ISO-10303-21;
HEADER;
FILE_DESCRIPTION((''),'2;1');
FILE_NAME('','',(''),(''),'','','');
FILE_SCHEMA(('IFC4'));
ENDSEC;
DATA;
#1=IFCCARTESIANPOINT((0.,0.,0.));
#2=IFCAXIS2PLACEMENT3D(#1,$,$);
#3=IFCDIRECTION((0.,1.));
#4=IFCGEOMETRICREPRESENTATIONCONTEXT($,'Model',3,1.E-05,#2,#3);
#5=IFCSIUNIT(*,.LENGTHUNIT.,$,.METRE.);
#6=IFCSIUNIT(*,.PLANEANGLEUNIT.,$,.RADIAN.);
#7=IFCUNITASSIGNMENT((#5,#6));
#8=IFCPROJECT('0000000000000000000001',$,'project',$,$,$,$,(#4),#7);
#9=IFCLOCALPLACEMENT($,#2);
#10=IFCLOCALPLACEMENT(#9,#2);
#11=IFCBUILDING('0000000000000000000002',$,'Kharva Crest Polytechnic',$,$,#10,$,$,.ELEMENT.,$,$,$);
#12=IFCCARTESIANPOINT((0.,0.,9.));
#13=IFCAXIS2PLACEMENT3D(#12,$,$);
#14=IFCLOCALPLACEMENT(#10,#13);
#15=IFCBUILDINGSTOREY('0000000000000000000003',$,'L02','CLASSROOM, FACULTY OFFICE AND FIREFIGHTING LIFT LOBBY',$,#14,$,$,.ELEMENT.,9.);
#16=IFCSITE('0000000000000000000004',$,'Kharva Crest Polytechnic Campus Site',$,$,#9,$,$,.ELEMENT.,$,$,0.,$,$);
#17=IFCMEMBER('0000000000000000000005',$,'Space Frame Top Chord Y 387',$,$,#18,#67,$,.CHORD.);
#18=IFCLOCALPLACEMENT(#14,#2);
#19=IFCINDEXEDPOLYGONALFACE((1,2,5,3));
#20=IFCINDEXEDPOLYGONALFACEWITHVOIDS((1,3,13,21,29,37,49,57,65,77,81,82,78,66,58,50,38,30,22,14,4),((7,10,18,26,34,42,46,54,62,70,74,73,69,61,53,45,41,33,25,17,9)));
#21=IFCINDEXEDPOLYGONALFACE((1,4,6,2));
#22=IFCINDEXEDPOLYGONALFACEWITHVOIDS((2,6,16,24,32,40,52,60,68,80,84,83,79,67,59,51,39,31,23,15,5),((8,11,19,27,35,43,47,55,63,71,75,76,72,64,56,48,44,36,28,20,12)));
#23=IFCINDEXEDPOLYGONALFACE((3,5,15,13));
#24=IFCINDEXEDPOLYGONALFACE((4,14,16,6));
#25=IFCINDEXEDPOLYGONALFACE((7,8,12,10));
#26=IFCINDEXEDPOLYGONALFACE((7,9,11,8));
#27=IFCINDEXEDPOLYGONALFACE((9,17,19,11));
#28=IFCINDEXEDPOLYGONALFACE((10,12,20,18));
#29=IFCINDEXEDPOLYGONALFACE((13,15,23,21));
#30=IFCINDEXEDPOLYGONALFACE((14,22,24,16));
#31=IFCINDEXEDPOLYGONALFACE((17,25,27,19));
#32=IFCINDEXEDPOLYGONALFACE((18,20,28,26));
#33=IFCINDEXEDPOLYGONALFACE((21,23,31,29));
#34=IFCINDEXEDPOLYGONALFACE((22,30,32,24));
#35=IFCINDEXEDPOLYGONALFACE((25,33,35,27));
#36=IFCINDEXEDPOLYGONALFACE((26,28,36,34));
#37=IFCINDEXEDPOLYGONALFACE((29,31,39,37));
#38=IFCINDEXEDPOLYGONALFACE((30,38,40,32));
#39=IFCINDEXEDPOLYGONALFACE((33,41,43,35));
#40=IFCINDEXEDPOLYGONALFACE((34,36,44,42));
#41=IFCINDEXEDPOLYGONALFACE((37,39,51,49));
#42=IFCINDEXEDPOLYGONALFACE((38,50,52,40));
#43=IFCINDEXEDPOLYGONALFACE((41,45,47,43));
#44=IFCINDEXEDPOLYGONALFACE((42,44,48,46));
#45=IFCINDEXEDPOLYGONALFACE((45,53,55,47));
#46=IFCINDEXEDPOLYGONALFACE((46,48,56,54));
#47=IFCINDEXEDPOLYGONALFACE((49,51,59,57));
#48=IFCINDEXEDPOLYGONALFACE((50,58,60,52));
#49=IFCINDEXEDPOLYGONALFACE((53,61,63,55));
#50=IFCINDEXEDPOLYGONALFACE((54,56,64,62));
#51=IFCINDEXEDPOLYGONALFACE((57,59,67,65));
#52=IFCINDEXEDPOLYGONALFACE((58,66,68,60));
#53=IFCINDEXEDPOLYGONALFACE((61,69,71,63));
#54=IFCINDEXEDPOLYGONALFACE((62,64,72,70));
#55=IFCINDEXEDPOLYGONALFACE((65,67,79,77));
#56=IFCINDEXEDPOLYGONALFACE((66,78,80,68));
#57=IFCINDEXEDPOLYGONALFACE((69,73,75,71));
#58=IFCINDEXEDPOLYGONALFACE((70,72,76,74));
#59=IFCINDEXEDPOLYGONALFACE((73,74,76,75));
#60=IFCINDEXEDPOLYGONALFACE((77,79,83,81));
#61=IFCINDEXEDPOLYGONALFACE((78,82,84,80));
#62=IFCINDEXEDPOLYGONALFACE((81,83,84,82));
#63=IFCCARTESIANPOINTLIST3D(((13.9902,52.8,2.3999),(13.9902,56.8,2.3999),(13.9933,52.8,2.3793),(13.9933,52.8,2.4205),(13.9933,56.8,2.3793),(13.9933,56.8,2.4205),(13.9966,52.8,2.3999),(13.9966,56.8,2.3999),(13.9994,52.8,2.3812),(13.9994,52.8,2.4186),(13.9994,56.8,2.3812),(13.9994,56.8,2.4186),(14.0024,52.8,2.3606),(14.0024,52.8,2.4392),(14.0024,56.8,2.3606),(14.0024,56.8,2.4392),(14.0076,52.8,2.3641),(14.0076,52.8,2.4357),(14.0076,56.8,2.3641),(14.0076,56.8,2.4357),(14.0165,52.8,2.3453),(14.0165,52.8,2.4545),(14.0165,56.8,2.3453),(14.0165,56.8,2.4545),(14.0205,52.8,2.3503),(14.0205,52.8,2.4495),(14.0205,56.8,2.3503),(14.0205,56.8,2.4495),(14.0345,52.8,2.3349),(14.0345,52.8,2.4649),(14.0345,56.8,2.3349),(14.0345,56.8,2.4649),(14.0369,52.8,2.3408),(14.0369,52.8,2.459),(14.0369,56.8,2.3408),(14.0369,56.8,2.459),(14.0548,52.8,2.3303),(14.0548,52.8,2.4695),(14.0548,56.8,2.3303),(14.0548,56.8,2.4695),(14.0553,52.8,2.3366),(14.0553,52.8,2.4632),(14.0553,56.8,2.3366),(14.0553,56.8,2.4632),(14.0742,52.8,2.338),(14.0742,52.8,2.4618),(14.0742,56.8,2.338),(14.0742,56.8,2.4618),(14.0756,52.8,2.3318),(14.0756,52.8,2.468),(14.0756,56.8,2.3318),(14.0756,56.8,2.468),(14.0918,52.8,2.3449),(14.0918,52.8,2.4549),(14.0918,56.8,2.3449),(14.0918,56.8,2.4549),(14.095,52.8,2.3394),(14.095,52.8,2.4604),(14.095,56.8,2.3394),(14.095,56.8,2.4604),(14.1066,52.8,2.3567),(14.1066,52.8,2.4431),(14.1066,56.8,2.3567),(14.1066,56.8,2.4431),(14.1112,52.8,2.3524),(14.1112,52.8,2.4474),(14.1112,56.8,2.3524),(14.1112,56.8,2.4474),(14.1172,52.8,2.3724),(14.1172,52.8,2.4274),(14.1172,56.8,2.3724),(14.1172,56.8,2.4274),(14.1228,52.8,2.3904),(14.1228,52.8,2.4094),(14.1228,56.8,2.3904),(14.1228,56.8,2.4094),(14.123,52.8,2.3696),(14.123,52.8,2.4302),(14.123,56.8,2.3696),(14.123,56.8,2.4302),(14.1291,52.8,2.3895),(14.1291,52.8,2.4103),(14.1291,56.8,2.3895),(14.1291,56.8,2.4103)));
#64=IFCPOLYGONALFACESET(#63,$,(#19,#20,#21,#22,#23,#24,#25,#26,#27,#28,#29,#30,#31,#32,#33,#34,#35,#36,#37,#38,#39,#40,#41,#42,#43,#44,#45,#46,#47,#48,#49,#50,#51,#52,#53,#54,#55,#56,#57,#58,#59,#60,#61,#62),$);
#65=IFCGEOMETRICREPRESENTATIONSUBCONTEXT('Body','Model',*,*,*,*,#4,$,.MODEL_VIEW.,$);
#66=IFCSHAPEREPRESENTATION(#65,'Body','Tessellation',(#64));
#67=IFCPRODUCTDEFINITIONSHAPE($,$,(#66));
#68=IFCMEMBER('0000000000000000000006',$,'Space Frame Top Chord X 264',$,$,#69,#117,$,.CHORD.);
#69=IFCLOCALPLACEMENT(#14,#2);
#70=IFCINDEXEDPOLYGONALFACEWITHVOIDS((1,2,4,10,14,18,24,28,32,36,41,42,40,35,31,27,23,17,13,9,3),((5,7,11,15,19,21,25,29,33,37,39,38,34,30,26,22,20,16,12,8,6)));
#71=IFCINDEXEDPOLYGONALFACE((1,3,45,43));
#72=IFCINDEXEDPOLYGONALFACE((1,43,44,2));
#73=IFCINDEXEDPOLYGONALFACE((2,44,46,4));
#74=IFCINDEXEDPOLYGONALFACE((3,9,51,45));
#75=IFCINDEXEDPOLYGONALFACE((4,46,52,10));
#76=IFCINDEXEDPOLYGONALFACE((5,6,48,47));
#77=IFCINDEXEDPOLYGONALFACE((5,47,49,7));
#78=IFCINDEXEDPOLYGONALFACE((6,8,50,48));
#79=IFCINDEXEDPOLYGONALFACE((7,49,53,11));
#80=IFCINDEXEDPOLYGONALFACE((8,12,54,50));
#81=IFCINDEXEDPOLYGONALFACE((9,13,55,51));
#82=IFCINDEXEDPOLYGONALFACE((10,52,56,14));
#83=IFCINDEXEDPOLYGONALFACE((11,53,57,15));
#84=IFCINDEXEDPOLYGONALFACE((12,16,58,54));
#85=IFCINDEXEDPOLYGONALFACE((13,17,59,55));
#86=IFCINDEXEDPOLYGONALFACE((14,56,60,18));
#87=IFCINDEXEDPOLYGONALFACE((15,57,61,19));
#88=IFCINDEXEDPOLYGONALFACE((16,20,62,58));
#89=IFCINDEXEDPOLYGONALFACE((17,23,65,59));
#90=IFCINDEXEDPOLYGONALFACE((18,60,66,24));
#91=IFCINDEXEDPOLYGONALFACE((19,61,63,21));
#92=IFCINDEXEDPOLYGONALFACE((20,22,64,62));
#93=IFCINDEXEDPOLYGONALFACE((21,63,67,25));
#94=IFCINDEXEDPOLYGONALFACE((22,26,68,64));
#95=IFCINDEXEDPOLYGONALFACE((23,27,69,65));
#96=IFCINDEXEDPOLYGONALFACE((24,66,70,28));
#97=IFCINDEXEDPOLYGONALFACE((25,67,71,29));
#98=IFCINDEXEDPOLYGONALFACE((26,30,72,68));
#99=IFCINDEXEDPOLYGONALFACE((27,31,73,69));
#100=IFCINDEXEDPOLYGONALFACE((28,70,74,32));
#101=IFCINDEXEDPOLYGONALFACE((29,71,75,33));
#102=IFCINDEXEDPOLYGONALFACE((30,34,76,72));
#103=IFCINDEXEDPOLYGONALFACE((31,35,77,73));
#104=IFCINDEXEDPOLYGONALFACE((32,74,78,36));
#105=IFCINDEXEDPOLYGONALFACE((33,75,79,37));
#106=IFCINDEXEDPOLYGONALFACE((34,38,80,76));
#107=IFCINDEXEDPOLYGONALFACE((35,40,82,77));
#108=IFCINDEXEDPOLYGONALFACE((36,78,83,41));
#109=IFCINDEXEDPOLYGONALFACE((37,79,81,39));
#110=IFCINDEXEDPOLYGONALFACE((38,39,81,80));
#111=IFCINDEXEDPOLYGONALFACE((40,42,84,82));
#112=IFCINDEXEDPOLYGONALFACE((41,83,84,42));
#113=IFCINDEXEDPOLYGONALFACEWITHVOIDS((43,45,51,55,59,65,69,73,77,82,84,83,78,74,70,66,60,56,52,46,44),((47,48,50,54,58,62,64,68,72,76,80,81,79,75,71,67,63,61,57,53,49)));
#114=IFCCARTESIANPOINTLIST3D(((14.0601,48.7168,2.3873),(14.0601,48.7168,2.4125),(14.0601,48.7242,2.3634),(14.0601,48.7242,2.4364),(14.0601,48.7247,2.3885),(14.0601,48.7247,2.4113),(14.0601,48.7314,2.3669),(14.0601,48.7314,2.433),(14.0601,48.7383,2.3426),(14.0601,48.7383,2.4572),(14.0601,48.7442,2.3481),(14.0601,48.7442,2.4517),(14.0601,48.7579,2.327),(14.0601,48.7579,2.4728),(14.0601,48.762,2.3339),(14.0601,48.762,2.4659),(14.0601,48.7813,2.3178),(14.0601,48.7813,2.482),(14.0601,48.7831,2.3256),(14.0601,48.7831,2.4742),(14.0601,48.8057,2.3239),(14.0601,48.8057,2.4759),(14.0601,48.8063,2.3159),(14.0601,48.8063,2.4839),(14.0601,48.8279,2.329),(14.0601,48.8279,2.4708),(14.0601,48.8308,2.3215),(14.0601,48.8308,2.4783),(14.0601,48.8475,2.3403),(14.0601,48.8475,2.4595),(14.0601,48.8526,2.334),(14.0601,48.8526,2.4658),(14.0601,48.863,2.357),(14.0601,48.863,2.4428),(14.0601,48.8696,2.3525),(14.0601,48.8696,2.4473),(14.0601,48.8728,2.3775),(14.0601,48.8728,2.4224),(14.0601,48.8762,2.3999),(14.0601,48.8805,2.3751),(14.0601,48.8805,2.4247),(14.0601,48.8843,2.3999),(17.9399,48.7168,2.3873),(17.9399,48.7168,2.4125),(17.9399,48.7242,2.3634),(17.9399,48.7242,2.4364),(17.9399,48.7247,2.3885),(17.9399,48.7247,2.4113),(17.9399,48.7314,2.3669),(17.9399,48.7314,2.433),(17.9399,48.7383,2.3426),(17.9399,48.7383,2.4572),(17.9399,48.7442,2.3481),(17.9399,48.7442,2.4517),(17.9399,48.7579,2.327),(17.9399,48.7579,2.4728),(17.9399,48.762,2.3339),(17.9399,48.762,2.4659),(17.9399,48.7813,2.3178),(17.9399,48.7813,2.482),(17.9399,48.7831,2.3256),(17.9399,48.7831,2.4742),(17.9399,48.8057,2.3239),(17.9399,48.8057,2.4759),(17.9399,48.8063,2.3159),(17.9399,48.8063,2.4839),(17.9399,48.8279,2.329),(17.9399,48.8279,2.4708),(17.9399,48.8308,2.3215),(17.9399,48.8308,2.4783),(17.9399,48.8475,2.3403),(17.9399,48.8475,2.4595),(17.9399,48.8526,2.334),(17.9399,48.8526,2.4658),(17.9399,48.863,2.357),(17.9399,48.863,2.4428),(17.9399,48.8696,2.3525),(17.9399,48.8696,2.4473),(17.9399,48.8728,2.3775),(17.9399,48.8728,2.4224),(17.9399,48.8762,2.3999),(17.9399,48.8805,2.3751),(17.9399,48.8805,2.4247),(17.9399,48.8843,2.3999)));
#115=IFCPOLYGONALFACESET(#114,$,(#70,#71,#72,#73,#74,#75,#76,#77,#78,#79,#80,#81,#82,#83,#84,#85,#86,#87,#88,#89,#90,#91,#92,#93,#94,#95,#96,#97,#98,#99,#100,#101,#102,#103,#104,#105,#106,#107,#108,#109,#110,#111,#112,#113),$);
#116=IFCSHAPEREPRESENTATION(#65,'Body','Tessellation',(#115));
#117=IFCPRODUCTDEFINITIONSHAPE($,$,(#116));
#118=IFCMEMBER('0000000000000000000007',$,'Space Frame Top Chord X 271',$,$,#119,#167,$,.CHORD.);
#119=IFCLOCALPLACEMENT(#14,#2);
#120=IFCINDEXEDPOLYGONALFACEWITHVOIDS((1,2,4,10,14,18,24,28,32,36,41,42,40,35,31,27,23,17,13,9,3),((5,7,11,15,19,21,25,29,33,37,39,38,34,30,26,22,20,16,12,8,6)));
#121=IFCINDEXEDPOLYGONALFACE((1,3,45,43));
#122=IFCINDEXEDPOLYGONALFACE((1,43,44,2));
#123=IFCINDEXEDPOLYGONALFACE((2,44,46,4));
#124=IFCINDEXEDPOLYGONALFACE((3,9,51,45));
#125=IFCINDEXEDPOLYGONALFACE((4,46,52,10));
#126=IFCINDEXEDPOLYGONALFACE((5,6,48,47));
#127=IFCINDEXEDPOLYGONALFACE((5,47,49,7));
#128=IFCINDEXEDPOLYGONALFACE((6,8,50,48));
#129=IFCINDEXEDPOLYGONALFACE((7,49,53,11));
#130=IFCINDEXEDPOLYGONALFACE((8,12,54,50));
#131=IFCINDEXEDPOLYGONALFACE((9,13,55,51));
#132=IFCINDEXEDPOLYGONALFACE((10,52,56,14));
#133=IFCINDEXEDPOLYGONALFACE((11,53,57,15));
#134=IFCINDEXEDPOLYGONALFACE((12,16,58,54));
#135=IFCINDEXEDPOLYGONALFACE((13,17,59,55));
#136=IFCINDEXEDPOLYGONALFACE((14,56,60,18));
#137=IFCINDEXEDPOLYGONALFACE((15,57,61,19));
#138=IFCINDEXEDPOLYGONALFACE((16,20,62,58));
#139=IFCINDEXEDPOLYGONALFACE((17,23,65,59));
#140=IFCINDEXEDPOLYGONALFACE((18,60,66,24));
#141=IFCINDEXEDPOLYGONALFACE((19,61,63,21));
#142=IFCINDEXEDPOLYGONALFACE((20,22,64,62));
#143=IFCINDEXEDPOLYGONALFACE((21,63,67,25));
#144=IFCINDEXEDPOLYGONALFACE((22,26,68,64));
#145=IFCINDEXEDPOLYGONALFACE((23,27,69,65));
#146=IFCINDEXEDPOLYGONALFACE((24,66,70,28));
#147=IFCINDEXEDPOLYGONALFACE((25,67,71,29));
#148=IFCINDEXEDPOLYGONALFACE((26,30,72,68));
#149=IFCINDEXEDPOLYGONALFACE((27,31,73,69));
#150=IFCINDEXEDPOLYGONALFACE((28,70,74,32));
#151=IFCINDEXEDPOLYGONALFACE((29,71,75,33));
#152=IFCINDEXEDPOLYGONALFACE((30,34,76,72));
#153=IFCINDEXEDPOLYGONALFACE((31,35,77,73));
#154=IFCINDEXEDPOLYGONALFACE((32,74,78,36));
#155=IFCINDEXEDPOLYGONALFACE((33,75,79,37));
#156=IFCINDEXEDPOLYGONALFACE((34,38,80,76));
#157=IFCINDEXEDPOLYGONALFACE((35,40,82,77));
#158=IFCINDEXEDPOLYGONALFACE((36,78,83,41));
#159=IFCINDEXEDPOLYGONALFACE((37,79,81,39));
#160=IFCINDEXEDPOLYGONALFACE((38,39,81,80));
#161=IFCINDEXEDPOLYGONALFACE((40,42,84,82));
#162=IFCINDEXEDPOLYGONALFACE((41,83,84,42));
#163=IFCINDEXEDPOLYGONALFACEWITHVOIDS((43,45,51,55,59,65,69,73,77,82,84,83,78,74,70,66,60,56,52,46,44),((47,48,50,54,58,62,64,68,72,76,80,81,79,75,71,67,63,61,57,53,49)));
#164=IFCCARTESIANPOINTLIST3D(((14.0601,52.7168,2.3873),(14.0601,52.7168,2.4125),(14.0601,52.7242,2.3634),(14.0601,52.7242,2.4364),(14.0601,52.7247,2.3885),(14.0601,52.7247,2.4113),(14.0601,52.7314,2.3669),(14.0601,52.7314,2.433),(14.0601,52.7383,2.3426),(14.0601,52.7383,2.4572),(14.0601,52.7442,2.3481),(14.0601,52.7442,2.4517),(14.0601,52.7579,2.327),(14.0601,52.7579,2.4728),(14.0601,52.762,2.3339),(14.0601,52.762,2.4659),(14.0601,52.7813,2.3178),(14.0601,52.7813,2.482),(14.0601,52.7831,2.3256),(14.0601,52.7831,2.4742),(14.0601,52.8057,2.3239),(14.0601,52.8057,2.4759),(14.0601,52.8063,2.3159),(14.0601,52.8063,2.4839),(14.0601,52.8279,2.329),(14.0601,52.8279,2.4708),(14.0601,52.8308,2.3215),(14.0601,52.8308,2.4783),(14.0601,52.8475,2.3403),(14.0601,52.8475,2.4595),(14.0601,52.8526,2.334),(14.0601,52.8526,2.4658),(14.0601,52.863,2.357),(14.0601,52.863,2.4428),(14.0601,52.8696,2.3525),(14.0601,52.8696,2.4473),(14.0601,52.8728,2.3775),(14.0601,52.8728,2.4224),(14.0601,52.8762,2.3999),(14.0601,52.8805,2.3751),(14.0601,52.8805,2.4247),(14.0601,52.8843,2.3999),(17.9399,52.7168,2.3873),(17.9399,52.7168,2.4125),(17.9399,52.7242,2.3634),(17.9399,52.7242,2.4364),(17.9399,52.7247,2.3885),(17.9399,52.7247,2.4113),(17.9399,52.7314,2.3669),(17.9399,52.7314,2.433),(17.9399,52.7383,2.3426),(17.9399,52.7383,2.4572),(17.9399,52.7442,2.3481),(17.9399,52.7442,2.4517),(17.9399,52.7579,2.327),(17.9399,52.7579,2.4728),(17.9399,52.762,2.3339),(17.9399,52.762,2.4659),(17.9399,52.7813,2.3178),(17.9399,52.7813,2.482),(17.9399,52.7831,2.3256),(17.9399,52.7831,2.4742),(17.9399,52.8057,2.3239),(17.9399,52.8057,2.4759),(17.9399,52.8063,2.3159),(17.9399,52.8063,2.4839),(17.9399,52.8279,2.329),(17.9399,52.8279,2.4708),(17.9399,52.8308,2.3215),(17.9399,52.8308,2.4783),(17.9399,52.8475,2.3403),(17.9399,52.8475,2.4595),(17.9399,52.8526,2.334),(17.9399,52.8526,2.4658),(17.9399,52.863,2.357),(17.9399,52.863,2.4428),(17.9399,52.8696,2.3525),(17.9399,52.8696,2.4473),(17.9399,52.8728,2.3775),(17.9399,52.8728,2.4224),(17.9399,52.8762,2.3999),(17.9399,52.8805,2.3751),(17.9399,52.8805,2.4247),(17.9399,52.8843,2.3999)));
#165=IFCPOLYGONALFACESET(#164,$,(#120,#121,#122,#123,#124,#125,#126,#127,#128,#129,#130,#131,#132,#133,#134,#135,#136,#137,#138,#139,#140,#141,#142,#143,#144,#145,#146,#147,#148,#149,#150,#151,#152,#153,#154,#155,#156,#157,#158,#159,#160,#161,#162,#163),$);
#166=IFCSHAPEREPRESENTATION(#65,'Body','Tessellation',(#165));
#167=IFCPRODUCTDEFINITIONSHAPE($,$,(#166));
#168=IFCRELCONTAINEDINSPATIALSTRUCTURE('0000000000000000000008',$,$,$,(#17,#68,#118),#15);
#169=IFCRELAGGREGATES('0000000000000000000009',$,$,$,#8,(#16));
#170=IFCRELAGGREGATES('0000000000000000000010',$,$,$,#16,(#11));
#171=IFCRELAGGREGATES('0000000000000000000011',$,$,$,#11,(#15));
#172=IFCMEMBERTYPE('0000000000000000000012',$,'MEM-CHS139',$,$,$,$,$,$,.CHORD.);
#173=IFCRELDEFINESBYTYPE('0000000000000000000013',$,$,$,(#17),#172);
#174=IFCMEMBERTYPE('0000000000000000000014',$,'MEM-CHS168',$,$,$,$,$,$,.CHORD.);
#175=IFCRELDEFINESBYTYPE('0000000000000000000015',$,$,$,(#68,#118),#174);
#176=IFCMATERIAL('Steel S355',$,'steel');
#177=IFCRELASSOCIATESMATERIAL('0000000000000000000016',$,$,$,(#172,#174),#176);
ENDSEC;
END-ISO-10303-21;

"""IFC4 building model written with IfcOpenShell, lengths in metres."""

from ifc_helpers import new_model, si_unit, direction, frame, origin, origin_2d, place, context, subcontext, project, spatial, hollow_circle, extrude, material, material_profile, profile_set, type_object, element, save


model = new_model("IFC4")

# Units and contexts
model_context = context("Model", 3, precision=1e-05, world=origin(), true_north=direction((0.0, 1.0)))
body_context = subcontext(model_context, "Body", "Model", "MODEL_VIEW")
ifc_project = project(units=[si_unit("LENGTHUNIT", "METRE"), si_unit("PLANEANGLEUNIT", "RADIAN")], contexts=[model_context])

# Site, building, storey
site_placement = place(None, origin())
site = spatial("IfcSite", under=ifc_project, at=site_placement, Name="Kharva Crest Polytechnic Campus Site", CompositionType="ELEMENT", RefElevation=0.0)
building_placement = place(site_placement, origin())
building = spatial("IfcBuilding", under=site, at=building_placement, Name="Kharva Crest Polytechnic", CompositionType="ELEMENT")
storey_placement = place(building_placement, frame((0.0, 0.0, 9.0)))
storey = spatial("IfcBuildingStorey", under=building, at=storey_placement, Name="L02", Description="CLASSROOM, FACULTY OFFICE AND FIREFIGHTING LIFT LOBBY", CompositionType="ELEMENT", Elevation=9.0)

# Shared definitions
ifc_material_1 = material(Name="Steel S355", Category="steel")

# Members
ifc_material_profile_1 = material_profile(ifc_material_1, hollow_circle(Radius=0.0698, WallThickness=0.0063, at=origin_2d()), Name="CHS 139.7X6.3")
ifc_profile_set_1 = profile_set([ifc_material_profile_1], Name="Steel S355")
member_type_1 = type_object("IfcMemberType", Name="MEM-CHS139", PredefinedType="CHORD", material=ifc_profile_set_1)
for number, where, z_axis, x_axis, name in (
    (1, (14.0601, 52.8, 2.3999), (0.0, 1.0, 0.0), (-1.0, 0.0, 0.0), "Space Frame Top Chord Y 387"),
):
    element("IfcMember", number, at=place(storey_placement, frame(where, z_axis=z_axis, x_axis=x_axis)), inside=storey, type_object=member_type_1, Name=name, PredefinedType="CHORD", context=body_context, shape_type="SweptSolid", body=[
        extrude(hollow_circle(Radius=0.0698, WallThickness=0.0063, at=origin_2d()), origin(), (0.0, 0.0, 1.0), 4.0),
    ])
ifc_material_profile_2 = material_profile(ifc_material_1, hollow_circle(Radius=0.0842, WallThickness=0.0081, at=origin_2d()), Name="CHS 168.3X8.0")
ifc_profile_set_2 = profile_set([ifc_material_profile_2], Name="Steel S355")
member_type_2 = type_object("IfcMemberType", Name="MEM-CHS168", PredefinedType="CHORD", material=ifc_profile_set_2)
for number, where, z_axis, x_axis, name in (
    (2, (14.0601, 48.8, 2.3999), (1.0, 0.0, 0.0), (0.0, 1.0, 0.0), "Space Frame Top Chord X 264"),
    (3, (14.0601, 52.8, 2.3999), (1.0, 0.0, 0.0), (0.0, 1.0, 0.0), "Space Frame Top Chord X 271"),
):
    element("IfcMember", number, at=place(storey_placement, frame(where, z_axis=z_axis, x_axis=x_axis)), inside=storey, type_object=member_type_2, Name=name, PredefinedType="CHORD", context=body_context, shape_type="SweptSolid", body=[
        extrude(hollow_circle(Radius=0.0842, WallThickness=0.0081, at=origin_2d()), origin(), (0.0, 0.0, 1.0), 3.8799),
    ])

save(model, "model.ifc")
